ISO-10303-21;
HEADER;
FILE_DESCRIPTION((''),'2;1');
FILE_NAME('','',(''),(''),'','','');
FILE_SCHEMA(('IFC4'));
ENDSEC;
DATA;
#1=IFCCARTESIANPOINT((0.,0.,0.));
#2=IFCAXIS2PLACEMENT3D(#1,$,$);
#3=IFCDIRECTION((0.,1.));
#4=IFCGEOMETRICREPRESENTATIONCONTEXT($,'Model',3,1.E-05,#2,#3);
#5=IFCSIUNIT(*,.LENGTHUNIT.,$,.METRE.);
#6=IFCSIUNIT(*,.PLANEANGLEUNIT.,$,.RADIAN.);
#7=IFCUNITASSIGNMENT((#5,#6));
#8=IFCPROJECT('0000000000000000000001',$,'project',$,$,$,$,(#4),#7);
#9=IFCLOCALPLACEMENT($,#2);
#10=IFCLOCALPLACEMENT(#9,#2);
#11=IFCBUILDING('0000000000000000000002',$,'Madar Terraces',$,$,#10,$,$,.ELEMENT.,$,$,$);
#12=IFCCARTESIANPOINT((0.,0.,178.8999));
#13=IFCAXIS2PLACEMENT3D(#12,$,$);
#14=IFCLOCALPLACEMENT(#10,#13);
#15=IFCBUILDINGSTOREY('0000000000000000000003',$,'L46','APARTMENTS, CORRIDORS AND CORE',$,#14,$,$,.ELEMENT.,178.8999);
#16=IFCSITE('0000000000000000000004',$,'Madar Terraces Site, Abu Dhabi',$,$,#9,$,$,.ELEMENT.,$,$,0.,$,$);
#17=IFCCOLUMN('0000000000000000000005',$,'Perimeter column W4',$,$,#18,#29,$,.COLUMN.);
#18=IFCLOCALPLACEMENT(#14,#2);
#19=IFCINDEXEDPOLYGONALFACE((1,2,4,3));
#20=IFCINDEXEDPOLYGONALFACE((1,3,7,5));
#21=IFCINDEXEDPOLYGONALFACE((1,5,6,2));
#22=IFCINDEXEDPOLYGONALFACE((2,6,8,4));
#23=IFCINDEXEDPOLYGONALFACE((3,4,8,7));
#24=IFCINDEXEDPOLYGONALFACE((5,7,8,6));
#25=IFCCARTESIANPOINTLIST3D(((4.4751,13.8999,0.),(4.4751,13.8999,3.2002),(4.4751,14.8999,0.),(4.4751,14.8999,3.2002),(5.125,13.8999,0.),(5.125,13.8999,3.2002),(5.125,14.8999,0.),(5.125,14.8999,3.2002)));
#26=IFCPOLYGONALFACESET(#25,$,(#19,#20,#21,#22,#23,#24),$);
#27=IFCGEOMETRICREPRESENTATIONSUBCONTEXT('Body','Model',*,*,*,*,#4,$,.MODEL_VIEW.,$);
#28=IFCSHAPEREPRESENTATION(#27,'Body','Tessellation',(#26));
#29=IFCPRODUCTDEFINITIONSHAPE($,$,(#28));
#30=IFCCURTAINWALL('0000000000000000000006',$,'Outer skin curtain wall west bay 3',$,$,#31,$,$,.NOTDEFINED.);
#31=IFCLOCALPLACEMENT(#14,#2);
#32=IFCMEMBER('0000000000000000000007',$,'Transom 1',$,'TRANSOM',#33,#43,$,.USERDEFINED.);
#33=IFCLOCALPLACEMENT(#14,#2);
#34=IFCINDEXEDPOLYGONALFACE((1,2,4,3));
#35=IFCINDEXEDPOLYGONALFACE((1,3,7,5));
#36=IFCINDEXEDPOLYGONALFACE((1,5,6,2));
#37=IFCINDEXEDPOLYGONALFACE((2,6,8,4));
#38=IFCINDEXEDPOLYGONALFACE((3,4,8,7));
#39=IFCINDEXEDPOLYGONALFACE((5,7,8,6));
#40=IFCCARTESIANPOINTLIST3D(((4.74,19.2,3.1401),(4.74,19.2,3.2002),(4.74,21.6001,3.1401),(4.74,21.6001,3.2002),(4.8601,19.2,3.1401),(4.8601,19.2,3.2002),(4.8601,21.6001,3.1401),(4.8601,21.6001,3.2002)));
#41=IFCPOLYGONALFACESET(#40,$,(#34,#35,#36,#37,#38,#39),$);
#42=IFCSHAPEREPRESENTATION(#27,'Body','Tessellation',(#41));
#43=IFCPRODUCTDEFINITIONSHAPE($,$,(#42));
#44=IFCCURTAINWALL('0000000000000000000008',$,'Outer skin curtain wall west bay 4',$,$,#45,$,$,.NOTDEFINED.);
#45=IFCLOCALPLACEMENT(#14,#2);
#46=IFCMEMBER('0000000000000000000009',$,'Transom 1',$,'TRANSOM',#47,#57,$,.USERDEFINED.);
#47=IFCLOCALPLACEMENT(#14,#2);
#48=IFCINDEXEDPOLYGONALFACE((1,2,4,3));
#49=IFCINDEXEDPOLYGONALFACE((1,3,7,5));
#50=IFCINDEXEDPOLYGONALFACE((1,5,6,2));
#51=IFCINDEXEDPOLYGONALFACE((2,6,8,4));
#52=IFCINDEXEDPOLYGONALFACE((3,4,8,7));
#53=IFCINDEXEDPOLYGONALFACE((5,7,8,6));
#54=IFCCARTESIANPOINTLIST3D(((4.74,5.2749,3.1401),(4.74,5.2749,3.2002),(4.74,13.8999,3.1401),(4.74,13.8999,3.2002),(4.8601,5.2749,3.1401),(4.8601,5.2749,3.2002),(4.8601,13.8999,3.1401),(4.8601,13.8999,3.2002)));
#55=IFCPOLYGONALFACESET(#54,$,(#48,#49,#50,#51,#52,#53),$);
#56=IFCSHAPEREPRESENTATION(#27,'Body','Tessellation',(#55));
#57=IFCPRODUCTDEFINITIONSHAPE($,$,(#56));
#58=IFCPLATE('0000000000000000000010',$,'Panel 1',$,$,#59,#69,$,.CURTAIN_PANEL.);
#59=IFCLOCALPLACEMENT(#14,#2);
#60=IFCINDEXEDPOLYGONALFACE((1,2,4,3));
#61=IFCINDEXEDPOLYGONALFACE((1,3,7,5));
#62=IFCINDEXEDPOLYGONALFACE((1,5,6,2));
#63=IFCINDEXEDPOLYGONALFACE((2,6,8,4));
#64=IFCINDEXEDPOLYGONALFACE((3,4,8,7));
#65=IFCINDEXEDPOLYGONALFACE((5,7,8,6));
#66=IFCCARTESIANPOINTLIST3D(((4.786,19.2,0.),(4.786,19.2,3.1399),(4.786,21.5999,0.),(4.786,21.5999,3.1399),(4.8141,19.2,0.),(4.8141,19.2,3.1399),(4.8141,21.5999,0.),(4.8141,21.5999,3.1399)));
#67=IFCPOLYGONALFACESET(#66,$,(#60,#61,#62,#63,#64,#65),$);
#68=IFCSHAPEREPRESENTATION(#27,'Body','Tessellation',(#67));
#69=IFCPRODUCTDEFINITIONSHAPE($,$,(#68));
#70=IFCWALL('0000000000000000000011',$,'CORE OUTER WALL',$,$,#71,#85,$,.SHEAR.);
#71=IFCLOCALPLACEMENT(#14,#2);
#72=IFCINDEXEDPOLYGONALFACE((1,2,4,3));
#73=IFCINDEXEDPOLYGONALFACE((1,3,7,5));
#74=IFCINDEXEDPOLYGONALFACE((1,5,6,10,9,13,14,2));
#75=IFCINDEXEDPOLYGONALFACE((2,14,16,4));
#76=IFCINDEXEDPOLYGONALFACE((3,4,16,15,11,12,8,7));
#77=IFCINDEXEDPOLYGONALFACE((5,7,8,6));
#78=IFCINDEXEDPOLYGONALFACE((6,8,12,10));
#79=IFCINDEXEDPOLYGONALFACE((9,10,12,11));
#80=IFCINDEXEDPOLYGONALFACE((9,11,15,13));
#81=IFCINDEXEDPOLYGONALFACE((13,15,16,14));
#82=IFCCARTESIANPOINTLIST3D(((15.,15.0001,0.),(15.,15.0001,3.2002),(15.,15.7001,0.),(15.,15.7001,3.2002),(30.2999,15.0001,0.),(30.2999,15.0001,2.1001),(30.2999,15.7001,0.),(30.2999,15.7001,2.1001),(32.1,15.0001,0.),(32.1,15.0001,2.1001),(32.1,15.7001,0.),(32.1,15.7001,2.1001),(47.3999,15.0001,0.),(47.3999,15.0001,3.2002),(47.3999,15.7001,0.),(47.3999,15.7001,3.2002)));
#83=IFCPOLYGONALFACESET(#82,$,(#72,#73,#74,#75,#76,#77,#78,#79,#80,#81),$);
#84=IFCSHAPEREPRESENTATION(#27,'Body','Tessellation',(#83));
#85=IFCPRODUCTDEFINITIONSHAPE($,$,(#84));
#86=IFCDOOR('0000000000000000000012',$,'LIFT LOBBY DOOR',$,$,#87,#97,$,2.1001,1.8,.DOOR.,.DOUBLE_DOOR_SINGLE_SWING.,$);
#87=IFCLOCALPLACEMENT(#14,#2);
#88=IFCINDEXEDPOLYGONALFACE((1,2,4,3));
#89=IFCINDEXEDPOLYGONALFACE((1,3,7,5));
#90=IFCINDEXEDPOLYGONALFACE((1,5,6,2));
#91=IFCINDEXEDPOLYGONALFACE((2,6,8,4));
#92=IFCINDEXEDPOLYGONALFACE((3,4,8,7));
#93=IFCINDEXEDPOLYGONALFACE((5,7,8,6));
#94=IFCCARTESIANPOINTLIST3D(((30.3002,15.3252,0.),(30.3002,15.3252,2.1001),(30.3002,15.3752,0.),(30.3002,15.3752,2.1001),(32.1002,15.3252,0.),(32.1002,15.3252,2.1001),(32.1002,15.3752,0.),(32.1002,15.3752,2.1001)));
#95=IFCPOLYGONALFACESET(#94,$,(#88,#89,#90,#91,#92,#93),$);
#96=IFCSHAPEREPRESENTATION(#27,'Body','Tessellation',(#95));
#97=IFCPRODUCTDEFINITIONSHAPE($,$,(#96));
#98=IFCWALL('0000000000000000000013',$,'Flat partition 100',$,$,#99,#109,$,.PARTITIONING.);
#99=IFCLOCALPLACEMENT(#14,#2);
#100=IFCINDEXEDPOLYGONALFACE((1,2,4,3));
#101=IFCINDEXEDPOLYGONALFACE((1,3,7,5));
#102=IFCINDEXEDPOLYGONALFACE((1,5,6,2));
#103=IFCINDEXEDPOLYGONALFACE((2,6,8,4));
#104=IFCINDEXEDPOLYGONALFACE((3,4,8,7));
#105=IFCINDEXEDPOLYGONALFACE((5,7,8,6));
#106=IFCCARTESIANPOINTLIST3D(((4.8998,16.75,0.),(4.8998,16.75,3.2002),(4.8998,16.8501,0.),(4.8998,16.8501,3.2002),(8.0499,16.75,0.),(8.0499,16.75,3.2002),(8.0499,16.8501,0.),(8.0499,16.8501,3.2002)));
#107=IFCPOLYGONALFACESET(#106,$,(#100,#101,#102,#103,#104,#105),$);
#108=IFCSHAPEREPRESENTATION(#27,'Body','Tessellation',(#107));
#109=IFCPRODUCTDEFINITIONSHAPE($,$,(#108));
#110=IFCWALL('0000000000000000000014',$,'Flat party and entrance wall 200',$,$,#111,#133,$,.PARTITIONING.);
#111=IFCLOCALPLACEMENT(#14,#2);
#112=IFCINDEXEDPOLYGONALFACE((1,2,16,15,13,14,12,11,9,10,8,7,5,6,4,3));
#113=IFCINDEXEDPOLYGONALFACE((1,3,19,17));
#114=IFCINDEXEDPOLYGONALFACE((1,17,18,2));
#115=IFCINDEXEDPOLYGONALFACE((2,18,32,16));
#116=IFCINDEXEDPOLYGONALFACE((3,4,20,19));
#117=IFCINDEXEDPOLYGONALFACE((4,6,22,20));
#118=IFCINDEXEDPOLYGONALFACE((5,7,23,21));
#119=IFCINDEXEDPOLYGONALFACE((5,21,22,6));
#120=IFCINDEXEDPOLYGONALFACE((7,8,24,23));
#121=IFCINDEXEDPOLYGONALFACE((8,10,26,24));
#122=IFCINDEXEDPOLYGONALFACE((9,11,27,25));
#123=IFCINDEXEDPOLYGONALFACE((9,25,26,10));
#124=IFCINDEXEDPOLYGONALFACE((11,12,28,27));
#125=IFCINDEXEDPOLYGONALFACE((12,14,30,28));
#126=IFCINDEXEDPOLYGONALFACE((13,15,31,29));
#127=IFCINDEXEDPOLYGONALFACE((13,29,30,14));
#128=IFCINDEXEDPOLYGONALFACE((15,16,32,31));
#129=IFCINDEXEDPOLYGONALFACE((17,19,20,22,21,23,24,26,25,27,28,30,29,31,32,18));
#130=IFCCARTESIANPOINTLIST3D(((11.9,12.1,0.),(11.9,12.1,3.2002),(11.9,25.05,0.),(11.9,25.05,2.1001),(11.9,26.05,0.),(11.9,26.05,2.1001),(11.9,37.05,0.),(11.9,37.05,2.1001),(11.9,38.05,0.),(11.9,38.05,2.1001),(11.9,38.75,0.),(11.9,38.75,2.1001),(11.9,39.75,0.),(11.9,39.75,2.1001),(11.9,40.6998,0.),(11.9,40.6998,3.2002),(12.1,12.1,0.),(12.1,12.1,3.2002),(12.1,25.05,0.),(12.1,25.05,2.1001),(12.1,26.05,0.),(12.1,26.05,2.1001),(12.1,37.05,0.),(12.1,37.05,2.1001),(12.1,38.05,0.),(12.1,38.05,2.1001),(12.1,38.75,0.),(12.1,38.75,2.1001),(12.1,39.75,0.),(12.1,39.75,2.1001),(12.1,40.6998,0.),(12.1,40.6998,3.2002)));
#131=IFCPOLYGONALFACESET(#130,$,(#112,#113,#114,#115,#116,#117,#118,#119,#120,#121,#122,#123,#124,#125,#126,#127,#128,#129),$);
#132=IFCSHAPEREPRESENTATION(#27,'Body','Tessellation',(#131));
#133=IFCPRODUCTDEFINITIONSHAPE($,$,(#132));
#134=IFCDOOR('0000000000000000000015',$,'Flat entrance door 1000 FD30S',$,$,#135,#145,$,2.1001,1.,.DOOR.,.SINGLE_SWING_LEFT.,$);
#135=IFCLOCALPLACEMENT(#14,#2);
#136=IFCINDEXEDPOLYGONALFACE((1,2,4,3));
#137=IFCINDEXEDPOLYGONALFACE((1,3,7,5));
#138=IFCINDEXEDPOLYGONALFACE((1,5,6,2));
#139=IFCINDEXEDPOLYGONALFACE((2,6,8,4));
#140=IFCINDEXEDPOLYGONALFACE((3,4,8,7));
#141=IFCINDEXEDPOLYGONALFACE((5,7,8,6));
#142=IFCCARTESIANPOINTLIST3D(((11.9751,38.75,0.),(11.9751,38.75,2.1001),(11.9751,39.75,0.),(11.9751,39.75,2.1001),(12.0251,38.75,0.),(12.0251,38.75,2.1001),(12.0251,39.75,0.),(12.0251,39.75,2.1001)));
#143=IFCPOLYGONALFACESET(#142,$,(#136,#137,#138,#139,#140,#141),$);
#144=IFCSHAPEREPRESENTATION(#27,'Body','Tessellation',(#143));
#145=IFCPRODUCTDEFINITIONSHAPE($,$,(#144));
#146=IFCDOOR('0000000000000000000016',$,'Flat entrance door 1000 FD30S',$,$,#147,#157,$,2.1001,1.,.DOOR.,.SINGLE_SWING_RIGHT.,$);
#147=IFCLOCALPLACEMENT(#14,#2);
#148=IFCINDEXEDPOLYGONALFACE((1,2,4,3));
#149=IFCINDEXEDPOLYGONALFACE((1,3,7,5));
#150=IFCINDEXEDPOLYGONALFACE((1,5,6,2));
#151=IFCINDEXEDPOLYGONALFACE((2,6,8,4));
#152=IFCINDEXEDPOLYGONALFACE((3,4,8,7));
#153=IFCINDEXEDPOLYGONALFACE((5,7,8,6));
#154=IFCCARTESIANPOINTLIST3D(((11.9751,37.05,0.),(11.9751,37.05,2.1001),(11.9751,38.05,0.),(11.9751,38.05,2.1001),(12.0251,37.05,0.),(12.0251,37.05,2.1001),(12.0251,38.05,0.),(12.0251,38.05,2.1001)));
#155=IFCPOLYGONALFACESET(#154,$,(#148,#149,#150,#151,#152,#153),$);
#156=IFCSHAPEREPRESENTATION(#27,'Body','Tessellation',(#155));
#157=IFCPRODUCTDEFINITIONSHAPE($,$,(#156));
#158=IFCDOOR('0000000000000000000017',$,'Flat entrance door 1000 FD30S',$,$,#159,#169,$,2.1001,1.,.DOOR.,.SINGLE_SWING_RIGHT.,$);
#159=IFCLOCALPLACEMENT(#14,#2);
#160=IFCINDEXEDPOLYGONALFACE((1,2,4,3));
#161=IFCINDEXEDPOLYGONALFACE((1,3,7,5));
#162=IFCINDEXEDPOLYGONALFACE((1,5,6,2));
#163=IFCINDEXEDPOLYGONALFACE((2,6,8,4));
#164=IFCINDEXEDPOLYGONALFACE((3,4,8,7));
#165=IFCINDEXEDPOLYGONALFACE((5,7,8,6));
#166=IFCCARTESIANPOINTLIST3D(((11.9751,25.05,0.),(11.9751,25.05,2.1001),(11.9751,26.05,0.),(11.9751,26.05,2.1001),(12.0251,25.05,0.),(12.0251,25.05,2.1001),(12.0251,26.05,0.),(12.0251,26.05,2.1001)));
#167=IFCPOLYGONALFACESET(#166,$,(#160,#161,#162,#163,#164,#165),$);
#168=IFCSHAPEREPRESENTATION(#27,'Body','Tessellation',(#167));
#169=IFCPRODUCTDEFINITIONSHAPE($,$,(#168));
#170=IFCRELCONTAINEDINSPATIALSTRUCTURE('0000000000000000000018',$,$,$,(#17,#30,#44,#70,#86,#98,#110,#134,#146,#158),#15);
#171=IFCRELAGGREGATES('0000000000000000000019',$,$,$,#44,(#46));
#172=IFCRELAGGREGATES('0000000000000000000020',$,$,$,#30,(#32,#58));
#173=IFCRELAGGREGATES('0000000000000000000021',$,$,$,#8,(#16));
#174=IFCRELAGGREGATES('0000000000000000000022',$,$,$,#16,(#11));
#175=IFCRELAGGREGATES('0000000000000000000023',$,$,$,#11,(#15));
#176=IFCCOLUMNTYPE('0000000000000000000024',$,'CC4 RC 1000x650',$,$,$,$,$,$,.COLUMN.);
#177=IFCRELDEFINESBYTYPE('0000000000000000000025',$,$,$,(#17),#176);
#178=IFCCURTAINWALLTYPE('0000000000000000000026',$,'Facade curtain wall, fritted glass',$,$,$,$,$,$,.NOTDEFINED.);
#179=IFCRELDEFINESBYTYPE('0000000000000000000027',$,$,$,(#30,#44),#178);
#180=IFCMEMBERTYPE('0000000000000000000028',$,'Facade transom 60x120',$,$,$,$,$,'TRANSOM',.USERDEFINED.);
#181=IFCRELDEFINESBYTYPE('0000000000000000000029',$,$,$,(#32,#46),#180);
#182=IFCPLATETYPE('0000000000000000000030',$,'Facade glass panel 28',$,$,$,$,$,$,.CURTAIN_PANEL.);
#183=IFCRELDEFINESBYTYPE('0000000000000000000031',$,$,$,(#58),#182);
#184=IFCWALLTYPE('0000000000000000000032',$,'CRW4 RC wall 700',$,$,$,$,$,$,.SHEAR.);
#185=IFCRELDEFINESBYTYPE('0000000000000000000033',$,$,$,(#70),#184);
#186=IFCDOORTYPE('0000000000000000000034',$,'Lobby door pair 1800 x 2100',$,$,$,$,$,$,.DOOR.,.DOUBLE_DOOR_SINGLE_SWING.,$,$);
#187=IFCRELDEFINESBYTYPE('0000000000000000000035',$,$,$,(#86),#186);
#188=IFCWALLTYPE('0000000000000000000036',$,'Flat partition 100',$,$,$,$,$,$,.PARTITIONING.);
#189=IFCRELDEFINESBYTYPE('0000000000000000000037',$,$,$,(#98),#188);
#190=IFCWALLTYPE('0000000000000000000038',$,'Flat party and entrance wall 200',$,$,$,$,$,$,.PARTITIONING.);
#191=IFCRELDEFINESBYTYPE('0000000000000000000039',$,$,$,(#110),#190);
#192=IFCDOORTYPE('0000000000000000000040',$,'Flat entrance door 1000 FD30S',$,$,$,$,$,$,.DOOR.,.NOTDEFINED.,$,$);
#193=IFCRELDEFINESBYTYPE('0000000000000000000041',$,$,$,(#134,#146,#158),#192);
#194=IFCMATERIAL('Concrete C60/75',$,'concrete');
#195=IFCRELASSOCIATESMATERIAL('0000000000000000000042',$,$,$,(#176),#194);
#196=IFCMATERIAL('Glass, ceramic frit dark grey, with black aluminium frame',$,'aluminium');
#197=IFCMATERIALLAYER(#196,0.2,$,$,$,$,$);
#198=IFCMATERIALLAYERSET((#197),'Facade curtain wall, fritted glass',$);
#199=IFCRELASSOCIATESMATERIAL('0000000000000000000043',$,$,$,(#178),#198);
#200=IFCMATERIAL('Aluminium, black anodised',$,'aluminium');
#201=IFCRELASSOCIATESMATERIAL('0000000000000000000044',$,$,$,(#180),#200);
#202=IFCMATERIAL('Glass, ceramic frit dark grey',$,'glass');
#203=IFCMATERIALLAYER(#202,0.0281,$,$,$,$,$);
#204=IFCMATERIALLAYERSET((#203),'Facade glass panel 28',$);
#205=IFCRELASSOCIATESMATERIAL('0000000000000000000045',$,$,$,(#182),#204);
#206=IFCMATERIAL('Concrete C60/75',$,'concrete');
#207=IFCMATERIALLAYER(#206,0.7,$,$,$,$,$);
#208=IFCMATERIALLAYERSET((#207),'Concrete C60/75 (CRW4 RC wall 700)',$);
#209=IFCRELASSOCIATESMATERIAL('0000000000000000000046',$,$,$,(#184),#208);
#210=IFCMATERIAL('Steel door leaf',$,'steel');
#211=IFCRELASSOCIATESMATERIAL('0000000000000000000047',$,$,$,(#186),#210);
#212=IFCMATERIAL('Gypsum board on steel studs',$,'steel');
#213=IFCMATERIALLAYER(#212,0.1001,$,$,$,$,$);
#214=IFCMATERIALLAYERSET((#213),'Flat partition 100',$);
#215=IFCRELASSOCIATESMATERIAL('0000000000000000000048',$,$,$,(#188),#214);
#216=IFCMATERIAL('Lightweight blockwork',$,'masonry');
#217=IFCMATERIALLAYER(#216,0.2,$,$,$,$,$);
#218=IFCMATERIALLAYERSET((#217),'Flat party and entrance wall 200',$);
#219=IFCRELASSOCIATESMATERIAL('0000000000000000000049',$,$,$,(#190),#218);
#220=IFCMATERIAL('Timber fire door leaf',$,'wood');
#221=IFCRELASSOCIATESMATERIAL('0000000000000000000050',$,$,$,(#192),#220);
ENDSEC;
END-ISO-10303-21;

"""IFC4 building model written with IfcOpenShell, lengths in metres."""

from ifc_helpers import new_model, si_unit, direction, frame, frame_2d, origin, origin_2d, place, context, subcontext, project, spatial, rectangle, extrude, material, layer, layer_set, material_profile, profile_set, type_object, element, fill, aggregate, save


model = new_model("IFC4")

# Units and contexts
model_context = context("Model", 3, precision=1e-05, world=origin(), true_north=direction((0.0, 1.0)))
body_context = subcontext(model_context, "Body", "Model", "MODEL_VIEW")
ifc_project = project(units=[si_unit("LENGTHUNIT", "METRE"), si_unit("PLANEANGLEUNIT", "RADIAN")], contexts=[model_context])

# Site, building, storey
site_placement = place(None, origin())
site = spatial("IfcSite", under=ifc_project, at=site_placement, Name="Madar Terraces Site, Abu Dhabi", CompositionType="ELEMENT", RefElevation=0.0)
building_placement = place(site_placement, origin())
building = spatial("IfcBuilding", under=site, at=building_placement, Name="Madar Terraces", CompositionType="ELEMENT")
storey_placement = place(building_placement, frame((0.0, 0.0, 178.8999)))
storey = spatial("IfcBuildingStorey", under=building, at=storey_placement, Name="L46", Description="APARTMENTS, CORRIDORS AND CORE", CompositionType="ELEMENT", Elevation=178.8999)

# Column
ifc_material_1 = material(Name="Concrete C60/75", Category="concrete")
ifc_material_profile_1 = material_profile(ifc_material_1, rectangle(XDim=1.0, YDim=0.6499, at=origin_2d()), Name="CC4 RC 1000x650")
ifc_profile_set_1 = profile_set([ifc_material_profile_1], Name="Concrete C60/75")
column_type = type_object("IfcColumnType", Name="CC4 RC 1000x650", PredefinedType="COLUMN", material=ifc_profile_set_1)
column_placement = place(storey_placement, frame((4.8, 14.3999, 0.0), z_axis=(0.0, 0.0, 1.0), x_axis=(0.0, 1.0, 0.0)))
element("IfcColumn", 1, at=column_placement, inside=storey, type_object=column_type, Name="Perimeter column W4", PredefinedType="COLUMN", context=body_context, shape_type="SweptSolid", body=[
    extrude(rectangle(XDim=1.0, YDim=0.6499, at=origin_2d()), origin(), (0.0, 0.0, 1.0), 3.2002),
])

# Curtain walls, members
ifc_material_2 = material(Name="Glass, ceramic frit dark grey, with black aluminium frame", Category="aluminium")
ifc_layer_1 = layer(ifc_material_2, 0.2)
ifc_layer_set_1 = layer_set([ifc_layer_1], Name="Facade curtain wall, fritted glass")
curtain_wall_type = type_object("IfcCurtainWallType", Name="Facade curtain wall, fritted glass", PredefinedType="NOTDEFINED", material=ifc_layer_set_1)
curtain_wall_1_placement = place(storey_placement, origin())
curtain_wall_1 = element("IfcCurtainWall", 2, at=curtain_wall_1_placement, inside=storey, type_object=curtain_wall_type, Name="Outer skin curtain wall west bay 3", PredefinedType="NOTDEFINED")
ifc_material_3 = material(Name="Aluminium, black anodised", Category="aluminium")
ifc_material_profile_2 = material_profile(ifc_material_3, rectangle(XDim=0.1201, YDim=0.0601, at=origin_2d()), Name="Facade transom 60x120")
ifc_profile_set_2 = profile_set([ifc_material_profile_2], Name="Aluminium, black anodised")
member_type = type_object("IfcMemberType", Name="Facade transom 60x120", ElementType="TRANSOM", PredefinedType="USERDEFINED", material=ifc_profile_set_2)
member_1_placement = place(storey_placement, frame((4.8, 21.6001, 3.1702), z_axis=(0.0, -1.0, 0.0), x_axis=(1.0, 0.0, 0.0)))
member_1 = element("IfcMember", 3, at=member_1_placement, type_object=member_type, Name="Transom 1", ObjectType="TRANSOM", PredefinedType="USERDEFINED", context=body_context, shape_type="SweptSolid", body=[
    extrude(rectangle(XDim=0.1201, YDim=0.0601, at=origin_2d()), origin(), (0.0, 0.0, 1.0), 2.4001),
])
curtain_wall_2_placement = place(storey_placement, origin())
curtain_wall_2 = element("IfcCurtainWall", 4, at=curtain_wall_2_placement, inside=storey, type_object=curtain_wall_type, Name="Outer skin curtain wall west bay 4", PredefinedType="NOTDEFINED")
member_2_placement = place(storey_placement, frame((4.8, 13.8999, 3.1702), z_axis=(0.0, -1.0, 0.0), x_axis=(1.0, 0.0, 0.0)))
member_2 = element("IfcMember", 5, at=member_2_placement, type_object=member_type, Name="Transom 1", ObjectType="TRANSOM", PredefinedType="USERDEFINED", context=body_context, shape_type="SweptSolid", body=[
    extrude(rectangle(XDim=0.1201, YDim=0.0601, at=origin_2d()), origin(), (0.0, 0.0, 1.0), 8.625),
])
aggregate(curtain_wall_2, [member_2])

# Plate
ifc_material_4 = material(Name="Glass, ceramic frit dark grey", Category="glass")
ifc_layer_2 = layer(ifc_material_4, 0.0281)
ifc_layer_set_2 = layer_set([ifc_layer_2], Name="Facade glass panel 28")
plate_type = type_object("IfcPlateType", Name="Facade glass panel 28", PredefinedType="CURTAIN_PANEL", material=ifc_layer_set_2)
plate_placement = place(storey_placement, frame((4.8, 20.3999, 0.0), z_axis=(0.0, 0.0, 1.0), x_axis=(0.0, -1.0, 0.0)))
plate = element("IfcPlate", 6, at=plate_placement, type_object=plate_type, Name="Panel 1", PredefinedType="CURTAIN_PANEL", context=body_context, shape_type="SweptSolid", body=[
    extrude(rectangle(XDim=2.3999, YDim=0.0281, at=origin_2d()), origin(), (0.0, 0.0, 1.0), 3.1399),
])
aggregate(curtain_wall_1, [member_1, plate])

# Wall, opening, door
ifc_material_5 = material(Name="Concrete C60/75", Category="concrete")
ifc_layer_3 = layer(ifc_material_5, 0.7)
ifc_layer_set_3 = layer_set([ifc_layer_3], Name="Concrete C60/75 (CRW4 RC wall 700)")
wall_type_1 = type_object("IfcWallType", Name="CRW4 RC wall 700", PredefinedType="SHEAR", material=ifc_layer_set_3)
wall_1_placement = place(storey_placement, frame((15.0, 15.3501, 0.0), z_axis=(0.0, 0.0, 1.0), x_axis=(1.0, 0.0, 0.0)))
wall_1 = element("IfcWall", 7, at=wall_1_placement, inside=storey, type_object=wall_type_1, Name="CORE OUTER WALL", PredefinedType="SHEAR", context=body_context, shape_type="SweptSolid", body=[
    extrude(rectangle(XDim=32.3999, YDim=0.7, at=frame_2d((16.2, 0.0))), origin(), (0.0, 0.0, 1.0), 3.2002),
])
opening_1_placement = place(wall_1_placement, frame((15.3, 0.0, 0.0)))
opening_1 = element("IfcOpeningElement", 8, at=opening_1_placement, cuts=wall_1, PredefinedType="OPENING", context=body_context, shape_type="SweptSolid", body=[
    extrude(rectangle(XDim=1.8, YDim=2.1001, at=frame_2d((0.8999, 1.05))), frame((0.0, 0.3599, 0.0), z_axis=(0.0, -1.0, 0.0), x_axis=(1.0, 0.0, 0.0)), (0.0, 0.0, 1.0), 0.72),
])
ifc_material_6 = material(Name="Steel door leaf", Category="steel")
door_type_1 = type_object("IfcDoorType", Name="Lobby door pair 1800 x 2100", OperationType="DOUBLE_DOOR_SINGLE_SWING", PredefinedType="DOOR", material=ifc_material_6)
door_1_placement = place(opening_1_placement, frame((1.8, 0.0, 0.0), z_axis=(0.0, 0.0, 1.0), x_axis=(-1.0, 0.0, 0.0)))
door_1 = element("IfcDoor", 9, at=door_1_placement, inside=storey, type_object=door_type_1, Name="LIFT LOBBY DOOR", OperationType="DOUBLE_DOOR_SINGLE_SWING", OverallHeight=2.1001, OverallWidth=1.8, PredefinedType="DOOR", context=body_context, shape_type="SweptSolid", body=[
    extrude(rectangle(XDim=1.8, YDim=2.1001, at=frame_2d((0.8999, 1.05))), frame((0.0, 0.0249, 0.0), z_axis=(0.0, -1.0, 0.0), x_axis=(1.0, 0.0, 0.0)), (0.0, 0.0, 1.0), 0.05),
])
fill(opening_1, door_1)

# Wall
ifc_material_7 = material(Name="Gypsum board on steel studs", Category="steel")
ifc_layer_4 = layer(ifc_material_7, 0.1001)
ifc_layer_set_4 = layer_set([ifc_layer_4], Name="Flat partition 100")
wall_type_2 = type_object("IfcWallType", Name="Flat partition 100", PredefinedType="PARTITIONING", material=ifc_layer_set_4)
wall_2_placement = place(storey_placement, frame((8.05, 16.8, 0.0), z_axis=(0.0, 0.0, 1.0), x_axis=(-1.0, 0.0, 0.0)))
element("IfcWall", 10, at=wall_2_placement, inside=storey, type_object=wall_type_2, Name="Flat partition 100", PredefinedType="PARTITIONING", context=body_context, shape_type="SweptSolid", body=[
    extrude(rectangle(XDim=3.1501, YDim=0.1001, at=frame_2d((1.5752, 0.0))), origin(), (0.0, 0.0, 1.0), 3.2002),
])

# Wall, openings, doors
ifc_material_8 = material(Name="Lightweight blockwork", Category="masonry")
ifc_layer_5 = layer(ifc_material_8, 0.2)
ifc_layer_set_5 = layer_set([ifc_layer_5], Name="Flat party and entrance wall 200")
wall_type_3 = type_object("IfcWallType", Name="Flat party and entrance wall 200", PredefinedType="PARTITIONING", material=ifc_layer_set_5)
wall_3_placement = place(storey_placement, frame((12.0, 12.1001, 0.0), z_axis=(0.0, 0.0, 1.0), x_axis=(0.0, 1.0, 0.0)))
wall_3 = element("IfcWall", 11, at=wall_3_placement, inside=storey, type_object=wall_type_3, Name="Flat party and entrance wall 200", PredefinedType="PARTITIONING", context=body_context, shape_type="SweptSolid", body=[
    extrude(rectangle(XDim=28.5999, YDim=0.2, at=frame_2d((14.2998, 0.0))), origin(), (0.0, 0.0, 1.0), 3.2002),
])
opening_2_placement = place(wall_3_placement, frame((26.6499, 0.0, 0.0)))
opening_2 = element("IfcOpeningElement", 12, at=opening_2_placement, cuts=wall_3, PredefinedType="OPENING", context=body_context, shape_type="SweptSolid", body=[
    extrude(rectangle(XDim=1.0, YDim=2.1001, at=frame_2d((0.5, 1.05))), frame((0.0, 0.1099, 0.0), z_axis=(0.0, -1.0, 0.0), x_axis=(1.0, 0.0, 0.0)), (0.0, 0.0, 1.0), 0.22),
])
opening_3_placement = place(wall_3_placement, frame((24.95, 0.0, 0.0)))
opening_3 = element("IfcOpeningElement", 13, at=opening_3_placement, cuts=wall_3, PredefinedType="OPENING", context=body_context, shape_type="SweptSolid", body=[
    extrude(rectangle(XDim=1.0, YDim=2.1001, at=frame_2d((0.5, 1.05))), frame((0.0, 0.1099, 0.0), z_axis=(0.0, -1.0, 0.0), x_axis=(1.0, 0.0, 0.0)), (0.0, 0.0, 1.0), 0.22),
])
opening_4_placement = place(wall_3_placement, frame((12.95, 0.0, 0.0)))
opening_4 = element("IfcOpeningElement", 14, at=opening_4_placement, cuts=wall_3, PredefinedType="OPENING", context=body_context, shape_type="SweptSolid", body=[
    extrude(rectangle(XDim=1.0, YDim=2.1001, at=frame_2d((0.5, 1.05))), frame((0.0, 0.1099, 0.0), z_axis=(0.0, -1.0, 0.0), x_axis=(1.0, 0.0, 0.0)), (0.0, 0.0, 1.0), 0.22),
])
ifc_material_9 = material(Name="Timber fire door leaf", Category="wood")
door_type_2 = type_object("IfcDoorType", Name="Flat entrance door 1000 FD30S", OperationType="NOTDEFINED", PredefinedType="DOOR", material=ifc_material_9)
door_2_placement = place(opening_2_placement, origin())
door_2 = element("IfcDoor", 15, at=door_2_placement, inside=storey, type_object=door_type_2, Name="Flat entrance door 1000 FD30S", OperationType="SINGLE_SWING_LEFT", OverallHeight=2.1001, OverallWidth=1.0, PredefinedType="DOOR", context=body_context, shape_type="SweptSolid", body=[
    extrude(rectangle(XDim=1.0, YDim=2.1001, at=frame_2d((0.5, 1.05))), frame((0.0, 0.0249, 0.0), z_axis=(0.0, -1.0, 0.0), x_axis=(1.0, 0.0, 0.0)), (0.0, 0.0, 1.0), 0.05),
])
fill(opening_2, door_2)
door_3_placement = place(opening_3_placement, origin())
door_3 = element("IfcDoor", 16, at=door_3_placement, inside=storey, type_object=door_type_2, Name="Flat entrance door 1000 FD30S", OperationType="SINGLE_SWING_RIGHT", OverallHeight=2.1001, OverallWidth=1.0, PredefinedType="DOOR", context=body_context, shape_type="SweptSolid", body=[
    extrude(rectangle(XDim=1.0, YDim=2.1001, at=frame_2d((0.5, 1.05))), frame((0.0, 0.0249, 0.0), z_axis=(0.0, -1.0, 0.0), x_axis=(1.0, 0.0, 0.0)), (0.0, 0.0, 1.0), 0.05),
])
fill(opening_3, door_3)
door_4_placement = place(opening_4_placement, origin())
door_4 = element("IfcDoor", 17, at=door_4_placement, inside=storey, type_object=door_type_2, Name="Flat entrance door 1000 FD30S", OperationType="SINGLE_SWING_RIGHT", OverallHeight=2.1001, OverallWidth=1.0, PredefinedType="DOOR", context=body_context, shape_type="SweptSolid", body=[
    extrude(rectangle(XDim=1.0, YDim=2.1001, at=frame_2d((0.5, 1.05))), frame((0.0, 0.0249, 0.0), z_axis=(0.0, -1.0, 0.0), x_axis=(1.0, 0.0, 0.0)), (0.0, 0.0, 1.0), 0.05),
])
fill(opening_4, door_4)

save(model, "model.ifc")
